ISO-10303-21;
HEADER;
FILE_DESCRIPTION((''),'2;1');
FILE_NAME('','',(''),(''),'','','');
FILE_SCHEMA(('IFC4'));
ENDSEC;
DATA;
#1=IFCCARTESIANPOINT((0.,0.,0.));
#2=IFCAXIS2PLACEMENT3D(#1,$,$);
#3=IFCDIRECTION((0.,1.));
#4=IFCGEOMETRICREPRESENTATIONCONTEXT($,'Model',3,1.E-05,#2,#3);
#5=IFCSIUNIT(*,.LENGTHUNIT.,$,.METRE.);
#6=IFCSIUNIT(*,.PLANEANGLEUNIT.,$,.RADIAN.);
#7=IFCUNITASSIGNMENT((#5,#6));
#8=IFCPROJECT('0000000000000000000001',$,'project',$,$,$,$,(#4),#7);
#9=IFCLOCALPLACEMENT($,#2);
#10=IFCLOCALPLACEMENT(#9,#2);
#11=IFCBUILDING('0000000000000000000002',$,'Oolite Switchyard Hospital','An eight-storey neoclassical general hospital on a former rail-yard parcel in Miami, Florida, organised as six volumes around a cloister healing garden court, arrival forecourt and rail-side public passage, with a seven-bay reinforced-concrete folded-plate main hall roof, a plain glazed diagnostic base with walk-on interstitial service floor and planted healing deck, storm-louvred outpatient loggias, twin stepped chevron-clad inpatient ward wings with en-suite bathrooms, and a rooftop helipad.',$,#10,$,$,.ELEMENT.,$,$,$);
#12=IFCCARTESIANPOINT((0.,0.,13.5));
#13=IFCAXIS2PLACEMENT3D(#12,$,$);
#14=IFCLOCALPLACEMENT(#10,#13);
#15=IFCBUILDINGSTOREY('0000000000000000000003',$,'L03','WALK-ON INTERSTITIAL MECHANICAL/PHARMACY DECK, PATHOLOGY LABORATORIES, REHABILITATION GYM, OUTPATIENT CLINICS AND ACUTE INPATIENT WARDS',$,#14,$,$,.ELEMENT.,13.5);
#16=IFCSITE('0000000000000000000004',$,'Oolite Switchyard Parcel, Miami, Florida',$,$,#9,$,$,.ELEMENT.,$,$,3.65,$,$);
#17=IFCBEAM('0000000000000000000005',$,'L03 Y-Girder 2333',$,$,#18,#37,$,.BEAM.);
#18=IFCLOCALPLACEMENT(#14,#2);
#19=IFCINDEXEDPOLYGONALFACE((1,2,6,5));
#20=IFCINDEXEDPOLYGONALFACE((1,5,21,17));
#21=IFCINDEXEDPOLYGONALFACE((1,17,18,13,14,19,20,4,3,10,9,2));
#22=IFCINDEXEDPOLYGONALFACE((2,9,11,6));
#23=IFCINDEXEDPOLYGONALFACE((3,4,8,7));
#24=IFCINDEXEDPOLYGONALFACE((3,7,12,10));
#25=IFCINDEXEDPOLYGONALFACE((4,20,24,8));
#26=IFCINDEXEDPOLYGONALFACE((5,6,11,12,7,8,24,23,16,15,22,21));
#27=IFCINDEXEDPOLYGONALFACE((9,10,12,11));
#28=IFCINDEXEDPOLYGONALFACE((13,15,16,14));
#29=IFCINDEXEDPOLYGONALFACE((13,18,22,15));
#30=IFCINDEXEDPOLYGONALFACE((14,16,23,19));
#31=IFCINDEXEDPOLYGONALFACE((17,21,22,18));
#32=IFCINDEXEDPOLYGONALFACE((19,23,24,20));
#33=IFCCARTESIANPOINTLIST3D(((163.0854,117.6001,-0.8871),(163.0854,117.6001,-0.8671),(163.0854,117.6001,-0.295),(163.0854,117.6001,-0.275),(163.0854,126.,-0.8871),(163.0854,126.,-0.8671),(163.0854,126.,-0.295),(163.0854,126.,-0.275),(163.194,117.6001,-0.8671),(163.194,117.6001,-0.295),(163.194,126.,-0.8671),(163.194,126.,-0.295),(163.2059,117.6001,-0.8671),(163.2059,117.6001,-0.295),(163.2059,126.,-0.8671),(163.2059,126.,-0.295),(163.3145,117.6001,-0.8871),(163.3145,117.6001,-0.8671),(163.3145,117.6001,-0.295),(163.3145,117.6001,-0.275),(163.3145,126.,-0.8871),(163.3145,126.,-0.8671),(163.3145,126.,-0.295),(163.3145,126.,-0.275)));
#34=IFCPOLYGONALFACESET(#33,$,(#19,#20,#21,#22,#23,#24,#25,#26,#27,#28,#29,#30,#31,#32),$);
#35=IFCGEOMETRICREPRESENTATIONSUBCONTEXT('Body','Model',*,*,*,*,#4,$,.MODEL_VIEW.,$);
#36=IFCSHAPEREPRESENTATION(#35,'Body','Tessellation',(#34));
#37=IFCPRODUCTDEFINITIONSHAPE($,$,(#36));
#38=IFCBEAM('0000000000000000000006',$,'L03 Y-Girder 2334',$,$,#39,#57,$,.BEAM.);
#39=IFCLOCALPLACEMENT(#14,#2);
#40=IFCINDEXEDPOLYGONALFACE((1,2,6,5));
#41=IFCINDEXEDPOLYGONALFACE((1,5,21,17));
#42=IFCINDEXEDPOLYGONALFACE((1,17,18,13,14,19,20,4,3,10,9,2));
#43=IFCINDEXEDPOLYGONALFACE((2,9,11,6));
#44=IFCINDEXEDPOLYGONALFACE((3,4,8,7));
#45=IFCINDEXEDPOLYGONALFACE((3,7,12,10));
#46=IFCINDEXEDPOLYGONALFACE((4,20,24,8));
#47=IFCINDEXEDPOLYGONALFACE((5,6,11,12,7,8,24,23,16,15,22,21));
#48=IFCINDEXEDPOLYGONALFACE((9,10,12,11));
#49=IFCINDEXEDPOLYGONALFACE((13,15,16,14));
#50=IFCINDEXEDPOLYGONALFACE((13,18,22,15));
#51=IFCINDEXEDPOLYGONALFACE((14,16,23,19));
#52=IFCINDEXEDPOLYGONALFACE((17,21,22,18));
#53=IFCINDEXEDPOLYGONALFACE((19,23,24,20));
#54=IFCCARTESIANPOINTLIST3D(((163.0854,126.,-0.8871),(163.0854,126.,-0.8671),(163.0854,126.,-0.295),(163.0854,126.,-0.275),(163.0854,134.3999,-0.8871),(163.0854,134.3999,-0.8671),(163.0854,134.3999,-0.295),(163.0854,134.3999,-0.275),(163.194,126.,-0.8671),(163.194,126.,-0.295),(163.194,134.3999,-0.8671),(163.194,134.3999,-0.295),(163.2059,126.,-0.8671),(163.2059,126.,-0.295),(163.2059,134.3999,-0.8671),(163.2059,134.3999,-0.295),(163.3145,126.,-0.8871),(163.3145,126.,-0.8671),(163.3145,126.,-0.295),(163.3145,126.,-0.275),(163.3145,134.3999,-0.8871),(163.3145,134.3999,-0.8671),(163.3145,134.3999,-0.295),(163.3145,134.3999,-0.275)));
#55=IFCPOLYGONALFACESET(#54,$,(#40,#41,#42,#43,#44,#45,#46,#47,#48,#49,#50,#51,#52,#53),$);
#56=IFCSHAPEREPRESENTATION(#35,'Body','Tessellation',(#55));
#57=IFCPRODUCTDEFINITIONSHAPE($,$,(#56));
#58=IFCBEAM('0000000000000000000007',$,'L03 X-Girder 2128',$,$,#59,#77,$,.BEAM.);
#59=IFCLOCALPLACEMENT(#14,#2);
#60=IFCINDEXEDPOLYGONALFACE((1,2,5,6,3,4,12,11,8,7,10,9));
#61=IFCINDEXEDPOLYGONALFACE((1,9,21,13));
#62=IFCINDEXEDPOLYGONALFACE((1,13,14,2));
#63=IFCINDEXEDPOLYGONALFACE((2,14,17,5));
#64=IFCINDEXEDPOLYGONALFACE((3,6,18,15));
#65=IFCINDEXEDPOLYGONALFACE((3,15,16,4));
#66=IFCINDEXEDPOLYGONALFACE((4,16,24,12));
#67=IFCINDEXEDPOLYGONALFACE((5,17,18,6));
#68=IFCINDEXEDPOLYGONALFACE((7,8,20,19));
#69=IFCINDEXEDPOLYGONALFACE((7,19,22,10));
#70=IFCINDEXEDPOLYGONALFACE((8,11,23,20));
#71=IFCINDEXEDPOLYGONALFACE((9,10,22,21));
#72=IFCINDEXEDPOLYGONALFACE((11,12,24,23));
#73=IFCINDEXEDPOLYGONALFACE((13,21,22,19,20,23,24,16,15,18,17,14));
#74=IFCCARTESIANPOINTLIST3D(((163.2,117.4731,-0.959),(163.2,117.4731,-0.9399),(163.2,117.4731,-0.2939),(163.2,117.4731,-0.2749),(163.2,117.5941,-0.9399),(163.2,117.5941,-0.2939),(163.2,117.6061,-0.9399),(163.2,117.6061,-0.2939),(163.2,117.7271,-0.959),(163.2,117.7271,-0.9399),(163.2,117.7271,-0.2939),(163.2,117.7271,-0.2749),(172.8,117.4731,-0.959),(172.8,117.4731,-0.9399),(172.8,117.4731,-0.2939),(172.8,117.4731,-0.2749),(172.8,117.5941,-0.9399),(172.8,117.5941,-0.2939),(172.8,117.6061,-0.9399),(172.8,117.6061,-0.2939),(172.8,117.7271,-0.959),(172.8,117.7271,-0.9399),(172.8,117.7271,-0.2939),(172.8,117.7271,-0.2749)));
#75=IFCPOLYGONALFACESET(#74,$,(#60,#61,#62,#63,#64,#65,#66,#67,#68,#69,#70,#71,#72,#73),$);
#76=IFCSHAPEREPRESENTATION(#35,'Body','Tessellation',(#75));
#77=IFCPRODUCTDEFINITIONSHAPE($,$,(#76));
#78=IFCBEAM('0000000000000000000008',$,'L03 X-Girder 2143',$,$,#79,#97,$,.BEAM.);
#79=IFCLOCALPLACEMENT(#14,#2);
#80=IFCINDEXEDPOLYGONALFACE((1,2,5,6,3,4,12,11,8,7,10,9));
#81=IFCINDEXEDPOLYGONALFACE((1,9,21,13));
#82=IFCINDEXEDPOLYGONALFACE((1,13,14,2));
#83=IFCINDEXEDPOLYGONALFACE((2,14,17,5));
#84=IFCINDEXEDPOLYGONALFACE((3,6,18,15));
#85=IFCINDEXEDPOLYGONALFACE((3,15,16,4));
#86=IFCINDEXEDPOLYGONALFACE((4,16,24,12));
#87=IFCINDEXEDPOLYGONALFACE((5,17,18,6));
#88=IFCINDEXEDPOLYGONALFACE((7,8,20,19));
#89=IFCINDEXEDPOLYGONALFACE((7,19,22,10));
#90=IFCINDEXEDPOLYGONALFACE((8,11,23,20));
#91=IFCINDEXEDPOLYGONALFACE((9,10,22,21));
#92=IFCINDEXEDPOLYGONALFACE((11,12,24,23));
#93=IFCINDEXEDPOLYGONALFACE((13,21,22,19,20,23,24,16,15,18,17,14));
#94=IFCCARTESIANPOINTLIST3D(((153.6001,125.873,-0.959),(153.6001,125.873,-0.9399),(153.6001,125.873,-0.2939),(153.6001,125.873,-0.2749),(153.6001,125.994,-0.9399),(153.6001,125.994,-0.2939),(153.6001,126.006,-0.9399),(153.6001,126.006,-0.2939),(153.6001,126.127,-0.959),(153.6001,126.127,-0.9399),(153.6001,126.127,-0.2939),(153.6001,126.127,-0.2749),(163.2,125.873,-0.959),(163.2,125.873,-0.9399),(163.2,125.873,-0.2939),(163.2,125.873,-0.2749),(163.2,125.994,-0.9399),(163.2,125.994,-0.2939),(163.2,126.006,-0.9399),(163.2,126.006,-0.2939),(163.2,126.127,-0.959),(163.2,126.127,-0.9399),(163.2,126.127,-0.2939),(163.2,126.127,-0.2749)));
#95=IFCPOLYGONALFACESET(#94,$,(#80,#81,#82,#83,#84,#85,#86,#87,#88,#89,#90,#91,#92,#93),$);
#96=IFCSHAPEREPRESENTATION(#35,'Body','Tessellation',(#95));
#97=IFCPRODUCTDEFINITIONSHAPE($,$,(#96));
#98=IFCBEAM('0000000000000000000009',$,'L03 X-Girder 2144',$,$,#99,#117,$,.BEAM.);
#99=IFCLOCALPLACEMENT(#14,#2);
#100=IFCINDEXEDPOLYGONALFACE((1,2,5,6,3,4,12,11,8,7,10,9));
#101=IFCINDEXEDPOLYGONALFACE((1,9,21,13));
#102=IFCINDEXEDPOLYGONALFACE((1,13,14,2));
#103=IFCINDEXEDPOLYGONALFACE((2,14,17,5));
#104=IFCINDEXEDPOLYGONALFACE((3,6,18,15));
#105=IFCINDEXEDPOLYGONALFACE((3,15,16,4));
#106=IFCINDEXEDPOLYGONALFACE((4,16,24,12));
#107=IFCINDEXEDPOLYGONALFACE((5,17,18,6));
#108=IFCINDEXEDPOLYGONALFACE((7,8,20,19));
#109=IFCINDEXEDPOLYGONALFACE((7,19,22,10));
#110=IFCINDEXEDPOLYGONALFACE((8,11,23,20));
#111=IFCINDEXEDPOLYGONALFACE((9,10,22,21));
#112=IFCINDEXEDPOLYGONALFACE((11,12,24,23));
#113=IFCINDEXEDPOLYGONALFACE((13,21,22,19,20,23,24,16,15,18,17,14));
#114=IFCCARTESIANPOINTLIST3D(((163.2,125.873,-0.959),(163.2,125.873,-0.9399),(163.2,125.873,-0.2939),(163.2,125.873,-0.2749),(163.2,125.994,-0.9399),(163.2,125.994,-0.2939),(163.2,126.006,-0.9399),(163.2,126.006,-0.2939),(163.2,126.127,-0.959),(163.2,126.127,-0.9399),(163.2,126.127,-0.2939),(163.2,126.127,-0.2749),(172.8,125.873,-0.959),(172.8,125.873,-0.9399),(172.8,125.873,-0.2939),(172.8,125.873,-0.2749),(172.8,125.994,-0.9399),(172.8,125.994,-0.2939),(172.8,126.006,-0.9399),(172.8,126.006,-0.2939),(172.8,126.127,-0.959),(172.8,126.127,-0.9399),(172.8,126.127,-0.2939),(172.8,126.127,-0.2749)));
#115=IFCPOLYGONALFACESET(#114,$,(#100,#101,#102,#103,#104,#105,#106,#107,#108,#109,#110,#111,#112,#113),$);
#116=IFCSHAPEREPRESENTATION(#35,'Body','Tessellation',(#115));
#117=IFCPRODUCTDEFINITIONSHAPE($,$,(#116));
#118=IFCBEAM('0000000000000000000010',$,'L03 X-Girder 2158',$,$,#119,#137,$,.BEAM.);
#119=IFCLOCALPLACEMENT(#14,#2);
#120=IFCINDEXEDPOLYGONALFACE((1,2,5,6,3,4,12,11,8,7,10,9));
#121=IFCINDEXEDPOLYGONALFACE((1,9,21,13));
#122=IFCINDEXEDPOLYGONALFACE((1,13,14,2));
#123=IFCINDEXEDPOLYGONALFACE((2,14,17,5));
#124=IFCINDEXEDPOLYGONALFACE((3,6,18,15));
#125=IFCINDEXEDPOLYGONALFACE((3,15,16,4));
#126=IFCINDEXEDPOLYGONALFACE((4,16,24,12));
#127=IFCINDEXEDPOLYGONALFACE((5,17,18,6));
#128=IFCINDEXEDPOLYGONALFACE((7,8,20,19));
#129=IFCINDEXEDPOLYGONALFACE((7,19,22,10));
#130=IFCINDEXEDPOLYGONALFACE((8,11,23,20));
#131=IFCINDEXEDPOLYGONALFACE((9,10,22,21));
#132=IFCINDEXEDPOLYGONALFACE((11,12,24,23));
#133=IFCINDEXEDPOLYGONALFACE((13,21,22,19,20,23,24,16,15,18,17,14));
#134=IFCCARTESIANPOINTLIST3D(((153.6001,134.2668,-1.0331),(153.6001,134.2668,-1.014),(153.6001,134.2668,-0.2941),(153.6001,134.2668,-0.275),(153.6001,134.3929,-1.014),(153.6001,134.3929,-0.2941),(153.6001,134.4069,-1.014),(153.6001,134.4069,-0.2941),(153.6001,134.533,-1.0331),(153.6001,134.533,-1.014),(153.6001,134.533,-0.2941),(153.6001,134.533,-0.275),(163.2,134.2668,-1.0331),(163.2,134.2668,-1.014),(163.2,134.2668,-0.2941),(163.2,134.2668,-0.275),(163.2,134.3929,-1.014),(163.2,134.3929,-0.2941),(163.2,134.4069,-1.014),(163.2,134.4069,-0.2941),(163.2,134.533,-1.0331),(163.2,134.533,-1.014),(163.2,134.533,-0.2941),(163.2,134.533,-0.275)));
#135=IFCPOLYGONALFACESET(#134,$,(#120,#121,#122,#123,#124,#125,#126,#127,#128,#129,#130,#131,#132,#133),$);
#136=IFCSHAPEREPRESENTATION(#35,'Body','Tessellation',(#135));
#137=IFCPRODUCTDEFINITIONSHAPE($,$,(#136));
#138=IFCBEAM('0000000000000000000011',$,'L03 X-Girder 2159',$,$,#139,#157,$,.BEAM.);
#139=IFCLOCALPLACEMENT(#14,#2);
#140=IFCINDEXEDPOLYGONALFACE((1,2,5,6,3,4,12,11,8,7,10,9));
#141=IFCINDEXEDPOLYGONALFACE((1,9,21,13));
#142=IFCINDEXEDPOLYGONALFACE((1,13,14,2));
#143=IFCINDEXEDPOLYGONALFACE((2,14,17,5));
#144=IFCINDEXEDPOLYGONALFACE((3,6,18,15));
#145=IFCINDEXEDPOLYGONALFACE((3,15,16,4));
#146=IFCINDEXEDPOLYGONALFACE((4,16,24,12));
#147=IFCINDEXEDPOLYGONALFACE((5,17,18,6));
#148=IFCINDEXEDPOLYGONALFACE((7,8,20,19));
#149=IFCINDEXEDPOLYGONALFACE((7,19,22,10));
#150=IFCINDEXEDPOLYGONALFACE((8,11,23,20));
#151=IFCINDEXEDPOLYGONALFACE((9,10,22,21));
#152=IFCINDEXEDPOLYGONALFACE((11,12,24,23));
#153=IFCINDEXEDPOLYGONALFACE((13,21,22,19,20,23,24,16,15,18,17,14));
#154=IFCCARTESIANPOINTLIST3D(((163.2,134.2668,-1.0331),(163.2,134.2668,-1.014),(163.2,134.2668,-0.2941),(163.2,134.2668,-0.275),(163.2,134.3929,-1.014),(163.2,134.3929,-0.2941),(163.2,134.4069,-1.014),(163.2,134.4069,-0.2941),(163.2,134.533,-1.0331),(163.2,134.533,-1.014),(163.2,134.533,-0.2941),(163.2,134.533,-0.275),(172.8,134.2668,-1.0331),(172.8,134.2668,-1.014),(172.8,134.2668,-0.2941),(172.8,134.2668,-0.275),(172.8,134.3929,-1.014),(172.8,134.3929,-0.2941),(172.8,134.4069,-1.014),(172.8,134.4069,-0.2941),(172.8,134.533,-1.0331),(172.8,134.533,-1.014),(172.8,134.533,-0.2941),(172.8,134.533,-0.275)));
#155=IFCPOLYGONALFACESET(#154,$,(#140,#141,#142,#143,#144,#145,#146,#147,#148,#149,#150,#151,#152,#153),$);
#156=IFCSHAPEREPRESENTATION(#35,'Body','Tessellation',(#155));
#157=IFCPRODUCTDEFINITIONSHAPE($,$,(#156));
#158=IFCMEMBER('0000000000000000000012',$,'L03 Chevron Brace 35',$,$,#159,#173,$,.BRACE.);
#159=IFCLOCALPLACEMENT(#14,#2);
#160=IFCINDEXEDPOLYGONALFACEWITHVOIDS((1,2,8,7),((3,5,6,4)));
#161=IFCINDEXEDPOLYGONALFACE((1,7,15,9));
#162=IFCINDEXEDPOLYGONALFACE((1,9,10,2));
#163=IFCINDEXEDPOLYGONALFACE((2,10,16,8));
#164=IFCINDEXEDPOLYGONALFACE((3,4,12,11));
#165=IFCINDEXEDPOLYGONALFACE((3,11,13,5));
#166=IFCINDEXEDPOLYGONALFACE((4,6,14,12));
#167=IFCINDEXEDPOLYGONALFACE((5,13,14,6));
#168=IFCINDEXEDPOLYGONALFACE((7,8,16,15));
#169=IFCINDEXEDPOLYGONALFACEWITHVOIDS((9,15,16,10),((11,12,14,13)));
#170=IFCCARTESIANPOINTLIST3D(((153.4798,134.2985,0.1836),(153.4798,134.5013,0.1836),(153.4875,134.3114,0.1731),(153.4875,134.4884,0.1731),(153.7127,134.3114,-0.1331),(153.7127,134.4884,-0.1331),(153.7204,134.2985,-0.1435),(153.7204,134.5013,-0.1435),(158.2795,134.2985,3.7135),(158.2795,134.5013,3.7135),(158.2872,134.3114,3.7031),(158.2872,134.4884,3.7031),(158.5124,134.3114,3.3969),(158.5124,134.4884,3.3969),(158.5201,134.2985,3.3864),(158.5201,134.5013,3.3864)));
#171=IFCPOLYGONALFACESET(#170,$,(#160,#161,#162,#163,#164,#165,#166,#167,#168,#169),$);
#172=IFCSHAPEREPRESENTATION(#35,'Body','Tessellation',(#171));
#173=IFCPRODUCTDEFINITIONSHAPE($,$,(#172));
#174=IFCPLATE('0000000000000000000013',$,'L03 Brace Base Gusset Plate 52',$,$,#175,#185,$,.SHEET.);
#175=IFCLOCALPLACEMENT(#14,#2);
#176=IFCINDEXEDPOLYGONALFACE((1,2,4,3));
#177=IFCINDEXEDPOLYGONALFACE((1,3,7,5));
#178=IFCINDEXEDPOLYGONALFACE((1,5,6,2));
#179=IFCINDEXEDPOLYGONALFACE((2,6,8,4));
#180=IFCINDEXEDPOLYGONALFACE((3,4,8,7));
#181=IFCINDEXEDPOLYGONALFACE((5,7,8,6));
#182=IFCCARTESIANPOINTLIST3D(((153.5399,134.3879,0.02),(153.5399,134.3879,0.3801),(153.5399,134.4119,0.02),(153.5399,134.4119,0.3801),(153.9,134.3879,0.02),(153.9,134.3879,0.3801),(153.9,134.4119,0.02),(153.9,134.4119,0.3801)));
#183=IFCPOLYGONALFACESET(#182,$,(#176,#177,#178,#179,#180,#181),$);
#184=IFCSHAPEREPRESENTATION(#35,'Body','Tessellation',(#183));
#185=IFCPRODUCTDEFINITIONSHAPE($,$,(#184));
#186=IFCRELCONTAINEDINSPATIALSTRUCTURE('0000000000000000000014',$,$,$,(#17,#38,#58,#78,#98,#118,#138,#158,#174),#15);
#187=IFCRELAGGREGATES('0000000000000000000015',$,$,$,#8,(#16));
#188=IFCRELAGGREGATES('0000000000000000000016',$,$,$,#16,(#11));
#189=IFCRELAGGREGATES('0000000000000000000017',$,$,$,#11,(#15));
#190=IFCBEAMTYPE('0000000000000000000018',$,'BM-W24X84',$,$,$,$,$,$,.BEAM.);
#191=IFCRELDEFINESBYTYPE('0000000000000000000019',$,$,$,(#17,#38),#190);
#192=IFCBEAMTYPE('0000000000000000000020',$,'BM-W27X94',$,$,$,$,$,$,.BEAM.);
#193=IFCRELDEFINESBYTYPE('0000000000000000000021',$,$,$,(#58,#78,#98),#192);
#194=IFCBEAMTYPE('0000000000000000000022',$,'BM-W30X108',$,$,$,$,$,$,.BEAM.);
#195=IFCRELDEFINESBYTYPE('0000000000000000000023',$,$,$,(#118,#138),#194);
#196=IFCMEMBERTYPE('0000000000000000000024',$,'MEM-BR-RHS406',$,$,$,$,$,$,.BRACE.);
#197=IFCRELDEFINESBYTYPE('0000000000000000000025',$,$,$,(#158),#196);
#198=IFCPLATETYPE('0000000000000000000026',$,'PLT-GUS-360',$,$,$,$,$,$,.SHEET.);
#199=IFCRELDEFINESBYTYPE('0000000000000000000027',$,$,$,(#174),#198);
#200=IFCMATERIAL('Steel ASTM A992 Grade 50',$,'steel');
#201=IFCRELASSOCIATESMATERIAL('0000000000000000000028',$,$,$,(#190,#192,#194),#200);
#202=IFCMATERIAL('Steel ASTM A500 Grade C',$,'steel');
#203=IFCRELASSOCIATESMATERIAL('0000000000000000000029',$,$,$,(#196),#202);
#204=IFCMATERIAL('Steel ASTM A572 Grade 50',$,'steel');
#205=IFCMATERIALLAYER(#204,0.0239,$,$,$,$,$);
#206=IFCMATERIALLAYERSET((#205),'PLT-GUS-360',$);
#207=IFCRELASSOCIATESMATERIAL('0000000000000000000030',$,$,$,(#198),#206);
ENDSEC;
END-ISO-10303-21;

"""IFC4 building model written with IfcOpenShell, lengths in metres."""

from ifc_helpers import new_model, si_unit, direction, frame, origin, origin_2d, place, context, subcontext, project, spatial, rectangle, hollow_rectangle, i_section, extrude, material, layer, layer_set, material_profile, profile_set, type_object, element, save


model = new_model("IFC4")

# Units and contexts
model_context = context("Model", 3, precision=1e-05, world=origin(), true_north=direction((0.0, 1.0)))
body_context = subcontext(model_context, "Body", "Model", "MODEL_VIEW")
ifc_project = project(units=[si_unit("LENGTHUNIT", "METRE"), si_unit("PLANEANGLEUNIT", "RADIAN")], contexts=[model_context])

# Site, building, storey
site_placement = place(None, origin())
site = spatial("IfcSite", under=ifc_project, at=site_placement, Name="Oolite Switchyard Parcel, Miami, Florida", CompositionType="ELEMENT", RefElevation=3.65)
building_placement = place(site_placement, origin())
building = spatial("IfcBuilding", under=site, at=building_placement, Name="Oolite Switchyard Hospital", Description="An eight-storey neoclassical general hospital on a former rail-yard parcel in Miami, Florida, organised as six volumes around a cloister healing garden court, arrival forecourt and rail-side public passage, with a seven-bay reinforced-concrete folded-plate main hall roof, a plain glazed diagnostic base with walk-on interstitial service floor and planted healing deck, storm-louvred outpatient loggias, twin stepped chevron-clad inpatient ward wings with en-suite bathrooms, and a rooftop helipad.", CompositionType="ELEMENT")
storey_placement = place(building_placement, frame((0.0, 0.0, 13.5)))
storey = spatial("IfcBuildingStorey", under=building, at=storey_placement, Name="L03", Description="WALK-ON INTERSTITIAL MECHANICAL/PHARMACY DECK, PATHOLOGY LABORATORIES, REHABILITATION GYM, OUTPATIENT CLINICS AND ACUTE INPATIENT WARDS", CompositionType="ELEMENT", Elevation=13.5)

# Beams
ifc_material_1 = material(Name="Steel ASTM A992 Grade 50", Category="steel")
ifc_material_profile_1 = material_profile(ifc_material_1, i_section(OverallWidth=0.229, OverallDepth=0.6121, WebThickness=0.012, FlangeThickness=0.02, at=origin_2d()), Name="W24X84")
ifc_profile_set_1 = profile_set([ifc_material_profile_1], Name="Steel ASTM A992 Grade 50")
beam_type_1 = type_object("IfcBeamType", Name="BM-W24X84", PredefinedType="BEAM", material=ifc_profile_set_1)
for number, where, z_axis, x_axis, name in (
    (1, (163.2, 117.6001, -0.5811), (0.0, 1.0, 0.0), (-1.0, 0.0, 0.0), "L03 Y-Girder 2333"),
    (2, (163.2, 126.0, -0.5811), (0.0, 1.0, 0.0), (-1.0, 0.0, 0.0), "L03 Y-Girder 2334"),
):
    element("IfcBeam", number, at=place(storey_placement, frame(where, z_axis=z_axis, x_axis=x_axis)), inside=storey, type_object=beam_type_1, Name=name, PredefinedType="BEAM", context=body_context, shape_type="SweptSolid", body=[
        extrude(i_section(OverallWidth=0.229, OverallDepth=0.6121, WebThickness=0.012, FlangeThickness=0.02, at=origin_2d()), origin(), (0.0, 0.0, 1.0), 8.3999),
    ])
ifc_material_profile_2 = material_profile(ifc_material_1, i_section(OverallWidth=0.2539, OverallDepth=0.6841, WebThickness=0.012, FlangeThickness=0.019, at=origin_2d()), Name="W27X94")
ifc_profile_set_2 = profile_set([ifc_material_profile_2], Name="Steel ASTM A992 Grade 50")
beam_type_2 = type_object("IfcBeamType", Name="BM-W27X94", PredefinedType="BEAM", material=ifc_profile_set_2)
beam_1_placement = place(storey_placement, frame((163.2, 117.6001, -0.6169), z_axis=(1.0, 0.0, 0.0), x_axis=(0.0, 1.0, 0.0)))
element("IfcBeam", 3, at=beam_1_placement, inside=storey, type_object=beam_type_2, Name="L03 X-Girder 2128", PredefinedType="BEAM", context=body_context, shape_type="SweptSolid", body=[
    extrude(i_section(OverallWidth=0.2539, OverallDepth=0.6841, WebThickness=0.012, FlangeThickness=0.019, at=origin_2d()), origin(), (0.0, 0.0, 1.0), 9.6001),
])
beam_2_placement = place(storey_placement, frame((153.6001, 126.0, -0.6169), z_axis=(1.0, 0.0, 0.0), x_axis=(0.0, 1.0, 0.0)))
element("IfcBeam", 4, at=beam_2_placement, inside=storey, type_object=beam_type_2, Name="L03 X-Girder 2143", PredefinedType="BEAM", context=body_context, shape_type="SweptSolid", body=[
    extrude(i_section(OverallWidth=0.2539, OverallDepth=0.6841, WebThickness=0.012, FlangeThickness=0.019, at=origin_2d()), origin(), (0.0, 0.0, 1.0), 9.5999),
])
beam_3_placement = place(storey_placement, frame((163.2, 126.0, -0.6169), z_axis=(1.0, 0.0, 0.0), x_axis=(0.0, 1.0, 0.0)))
element("IfcBeam", 5, at=beam_3_placement, inside=storey, type_object=beam_type_2, Name="L03 X-Girder 2144", PredefinedType="BEAM", context=body_context, shape_type="SweptSolid", body=[
    extrude(i_section(OverallWidth=0.2539, OverallDepth=0.6841, WebThickness=0.012, FlangeThickness=0.019, at=origin_2d()), origin(), (0.0, 0.0, 1.0), 9.6001),
])
ifc_material_profile_3 = material_profile(ifc_material_1, i_section(OverallWidth=0.2661, OverallDepth=0.7581, WebThickness=0.0139, FlangeThickness=0.019, at=origin_2d()), Name="W30X108")
ifc_profile_set_3 = profile_set([ifc_material_profile_3], Name="Steel ASTM A992 Grade 50")
beam_type_3 = type_object("IfcBeamType", Name="BM-W30X108", PredefinedType="BEAM", material=ifc_profile_set_3)
beam_4_placement = place(storey_placement, frame((153.6001, 134.3999, -0.6541), z_axis=(1.0, 0.0, 0.0), x_axis=(0.0, 1.0, 0.0)))
element("IfcBeam", 6, at=beam_4_placement, inside=storey, type_object=beam_type_3, Name="L03 X-Girder 2158", PredefinedType="BEAM", context=body_context, shape_type="SweptSolid", body=[
    extrude(i_section(OverallWidth=0.2661, OverallDepth=0.7581, WebThickness=0.0139, FlangeThickness=0.019, at=origin_2d()), origin(), (0.0, 0.0, 1.0), 9.5999),
])
beam_5_placement = place(storey_placement, frame((163.2, 134.3999, -0.6541), z_axis=(1.0, 0.0, 0.0), x_axis=(0.0, 1.0, 0.0)))
element("IfcBeam", 7, at=beam_5_placement, inside=storey, type_object=beam_type_3, Name="L03 X-Girder 2159", PredefinedType="BEAM", context=body_context, shape_type="SweptSolid", body=[
    extrude(i_section(OverallWidth=0.2661, OverallDepth=0.7581, WebThickness=0.0139, FlangeThickness=0.019, at=origin_2d()), origin(), (0.0, 0.0, 1.0), 9.6001),
])

# Member
ifc_material_2 = material(Name="Steel ASTM A500 Grade C", Category="steel")
ifc_material_profile_4 = material_profile(ifc_material_2, hollow_rectangle(XDim=0.2029, YDim=0.406, WallThickness=0.0129, at=origin_2d()), Name="HSS406X203X13")
ifc_profile_set_4 = profile_set([ifc_material_profile_4], Name="Steel ASTM A500 Grade C")
member_type = type_object("IfcMemberType", Name="MEM-BR-RHS406", PredefinedType="BRACE", material=ifc_profile_set_4)
member_placement = place(storey_placement, frame((153.6001, 134.3999, 0.02), z_axis=(0.80559, 0.0, 0.592473), x_axis=(0.0, 1.0, 0.0)))
element("IfcMember", 8, at=member_placement, inside=storey, type_object=member_type, Name="L03 Chevron Brace 35", PredefinedType="BRACE", context=body_context, shape_type="SweptSolid", body=[
    extrude(hollow_rectangle(XDim=0.2029, YDim=0.406, WallThickness=0.0129, at=origin_2d()), origin(), (0.0, 0.0, 1.0), 5.958),
])

# Plate
ifc_material_3 = material(Name="Steel ASTM A572 Grade 50", Category="steel")
ifc_layer_1 = layer(ifc_material_3, 0.0239)
ifc_layer_set_1 = layer_set([ifc_layer_1], Name="PLT-GUS-360")
plate_type = type_object("IfcPlateType", Name="PLT-GUS-360", PredefinedType="SHEET", material=ifc_layer_set_1)
for number, where, z_axis, x_axis, name in (
    (9, (153.72, 134.3999, 0.02), (0.0, 0.0, 1.0), (1.0, 0.0, 0.0), "L03 Brace Base Gusset Plate 52"),
):
    element("IfcPlate", number, at=place(storey_placement, frame(where, z_axis=z_axis, x_axis=x_axis)), inside=storey, type_object=plate_type, Name=name, PredefinedType="SHEET", context=body_context, shape_type="SweptSolid", body=[
        extrude(rectangle(XDim=0.3601, YDim=0.0239, at=origin_2d()), origin(), (0.0, 0.0, 1.0), 0.3601),
    ])

save(model, "model.ifc")
